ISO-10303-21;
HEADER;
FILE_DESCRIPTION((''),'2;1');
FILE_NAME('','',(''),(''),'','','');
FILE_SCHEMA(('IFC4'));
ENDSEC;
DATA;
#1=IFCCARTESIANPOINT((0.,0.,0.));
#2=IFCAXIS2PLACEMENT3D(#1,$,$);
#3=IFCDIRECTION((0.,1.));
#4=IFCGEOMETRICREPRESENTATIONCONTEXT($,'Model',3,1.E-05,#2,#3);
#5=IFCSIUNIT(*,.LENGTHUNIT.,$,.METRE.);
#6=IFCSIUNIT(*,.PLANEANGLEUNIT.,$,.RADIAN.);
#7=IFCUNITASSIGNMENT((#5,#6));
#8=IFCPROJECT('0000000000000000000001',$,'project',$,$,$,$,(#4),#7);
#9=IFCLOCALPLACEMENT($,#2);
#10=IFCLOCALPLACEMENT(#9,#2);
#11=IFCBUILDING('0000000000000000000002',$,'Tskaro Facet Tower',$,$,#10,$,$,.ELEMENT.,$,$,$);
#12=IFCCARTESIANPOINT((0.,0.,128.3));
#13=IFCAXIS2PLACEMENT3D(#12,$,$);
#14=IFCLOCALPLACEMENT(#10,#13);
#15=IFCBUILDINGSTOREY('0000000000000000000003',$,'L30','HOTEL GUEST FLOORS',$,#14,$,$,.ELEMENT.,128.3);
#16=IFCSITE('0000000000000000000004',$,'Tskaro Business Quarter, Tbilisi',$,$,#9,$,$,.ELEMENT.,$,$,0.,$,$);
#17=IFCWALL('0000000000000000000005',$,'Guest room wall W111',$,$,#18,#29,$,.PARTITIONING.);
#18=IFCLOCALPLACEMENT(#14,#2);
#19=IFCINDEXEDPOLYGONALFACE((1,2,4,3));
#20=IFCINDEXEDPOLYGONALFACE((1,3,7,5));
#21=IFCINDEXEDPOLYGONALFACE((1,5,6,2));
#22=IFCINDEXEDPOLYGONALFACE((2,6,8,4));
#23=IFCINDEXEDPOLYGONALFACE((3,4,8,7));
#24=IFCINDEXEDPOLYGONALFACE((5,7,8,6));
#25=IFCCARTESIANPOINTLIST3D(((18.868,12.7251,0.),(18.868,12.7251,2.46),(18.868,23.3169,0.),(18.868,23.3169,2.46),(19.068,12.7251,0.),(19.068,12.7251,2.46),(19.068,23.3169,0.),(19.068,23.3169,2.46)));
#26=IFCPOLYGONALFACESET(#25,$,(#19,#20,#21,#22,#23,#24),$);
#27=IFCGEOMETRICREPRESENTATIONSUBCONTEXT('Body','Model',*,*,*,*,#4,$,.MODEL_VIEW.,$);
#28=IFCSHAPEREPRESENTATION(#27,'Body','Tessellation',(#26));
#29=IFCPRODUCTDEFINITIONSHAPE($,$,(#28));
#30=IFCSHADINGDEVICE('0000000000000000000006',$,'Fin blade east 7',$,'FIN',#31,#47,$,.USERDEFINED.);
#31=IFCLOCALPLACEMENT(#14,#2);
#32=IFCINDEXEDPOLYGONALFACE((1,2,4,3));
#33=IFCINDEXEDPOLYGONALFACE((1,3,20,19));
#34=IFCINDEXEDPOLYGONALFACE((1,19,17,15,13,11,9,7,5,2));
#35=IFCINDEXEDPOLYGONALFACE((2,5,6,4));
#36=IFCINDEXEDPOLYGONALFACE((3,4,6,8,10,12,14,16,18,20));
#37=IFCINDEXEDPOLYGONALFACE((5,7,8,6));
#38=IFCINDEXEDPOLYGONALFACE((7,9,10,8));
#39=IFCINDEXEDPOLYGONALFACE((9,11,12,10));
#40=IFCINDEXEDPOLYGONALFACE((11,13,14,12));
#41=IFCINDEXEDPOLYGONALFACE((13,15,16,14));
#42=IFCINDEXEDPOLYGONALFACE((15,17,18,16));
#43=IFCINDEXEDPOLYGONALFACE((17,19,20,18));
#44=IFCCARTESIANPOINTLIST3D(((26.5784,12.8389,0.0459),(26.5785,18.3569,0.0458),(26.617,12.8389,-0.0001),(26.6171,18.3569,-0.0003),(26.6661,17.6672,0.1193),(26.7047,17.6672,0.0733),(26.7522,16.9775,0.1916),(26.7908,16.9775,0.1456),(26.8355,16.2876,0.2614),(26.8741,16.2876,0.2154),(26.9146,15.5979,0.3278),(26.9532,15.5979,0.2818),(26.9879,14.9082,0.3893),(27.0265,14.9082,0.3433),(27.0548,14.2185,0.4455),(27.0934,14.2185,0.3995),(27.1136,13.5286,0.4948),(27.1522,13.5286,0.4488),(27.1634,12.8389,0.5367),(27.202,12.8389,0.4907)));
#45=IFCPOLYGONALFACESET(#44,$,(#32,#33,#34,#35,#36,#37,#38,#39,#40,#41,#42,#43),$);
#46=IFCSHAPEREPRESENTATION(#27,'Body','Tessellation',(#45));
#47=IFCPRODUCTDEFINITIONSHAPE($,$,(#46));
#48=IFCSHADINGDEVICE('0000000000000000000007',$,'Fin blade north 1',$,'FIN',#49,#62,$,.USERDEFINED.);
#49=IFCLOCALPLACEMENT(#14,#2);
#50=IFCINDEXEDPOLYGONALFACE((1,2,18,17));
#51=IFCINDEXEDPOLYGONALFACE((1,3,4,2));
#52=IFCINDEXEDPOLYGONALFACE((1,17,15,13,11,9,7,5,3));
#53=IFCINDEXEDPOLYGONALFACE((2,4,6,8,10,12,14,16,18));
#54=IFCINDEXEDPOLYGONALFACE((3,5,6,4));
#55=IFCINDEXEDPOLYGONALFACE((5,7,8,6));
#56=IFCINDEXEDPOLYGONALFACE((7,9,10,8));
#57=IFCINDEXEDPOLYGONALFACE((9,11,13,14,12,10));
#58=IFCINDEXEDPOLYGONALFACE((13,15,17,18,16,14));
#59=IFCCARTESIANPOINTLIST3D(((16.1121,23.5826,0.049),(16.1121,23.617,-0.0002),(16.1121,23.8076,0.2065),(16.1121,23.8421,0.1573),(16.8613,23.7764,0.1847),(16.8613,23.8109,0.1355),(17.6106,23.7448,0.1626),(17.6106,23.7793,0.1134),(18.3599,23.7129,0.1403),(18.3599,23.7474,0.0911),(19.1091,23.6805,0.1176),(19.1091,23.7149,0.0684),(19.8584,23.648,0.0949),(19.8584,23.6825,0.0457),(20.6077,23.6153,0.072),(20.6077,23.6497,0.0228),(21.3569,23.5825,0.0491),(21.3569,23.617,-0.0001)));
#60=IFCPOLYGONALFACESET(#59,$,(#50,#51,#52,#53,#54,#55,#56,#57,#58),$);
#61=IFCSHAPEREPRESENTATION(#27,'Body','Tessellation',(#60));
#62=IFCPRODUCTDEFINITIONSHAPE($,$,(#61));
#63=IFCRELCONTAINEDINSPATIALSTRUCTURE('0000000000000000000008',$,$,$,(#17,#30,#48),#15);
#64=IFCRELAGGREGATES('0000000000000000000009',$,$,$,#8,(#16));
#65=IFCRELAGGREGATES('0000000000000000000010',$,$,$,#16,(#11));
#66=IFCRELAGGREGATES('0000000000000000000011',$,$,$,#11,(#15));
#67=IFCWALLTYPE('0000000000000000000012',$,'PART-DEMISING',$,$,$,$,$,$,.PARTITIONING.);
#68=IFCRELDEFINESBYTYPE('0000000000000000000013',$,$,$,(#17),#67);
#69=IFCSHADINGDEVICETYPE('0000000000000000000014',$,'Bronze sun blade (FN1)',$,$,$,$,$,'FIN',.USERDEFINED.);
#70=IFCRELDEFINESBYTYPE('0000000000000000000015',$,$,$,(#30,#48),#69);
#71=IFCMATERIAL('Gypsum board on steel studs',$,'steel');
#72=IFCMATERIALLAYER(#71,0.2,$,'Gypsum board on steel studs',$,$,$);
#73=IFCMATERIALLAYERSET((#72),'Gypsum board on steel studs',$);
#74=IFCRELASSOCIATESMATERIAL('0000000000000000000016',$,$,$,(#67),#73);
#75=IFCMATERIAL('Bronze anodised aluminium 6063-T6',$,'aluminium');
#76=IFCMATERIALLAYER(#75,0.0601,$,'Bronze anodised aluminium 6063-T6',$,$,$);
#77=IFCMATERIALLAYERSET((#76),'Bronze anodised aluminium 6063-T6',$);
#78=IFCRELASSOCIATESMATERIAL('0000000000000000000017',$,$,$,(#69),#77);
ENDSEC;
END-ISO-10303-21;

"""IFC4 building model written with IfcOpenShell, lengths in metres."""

from ifc_helpers import new_model, si_unit, direction, frame, frame_2d, origin, place, context, subcontext, project, spatial, polyline, rectangle, outline, extrude, material, layer, layer_set, type_object, element, save


model = new_model("IFC4")

# Units and contexts
model_context = context("Model", 3, precision=1e-05, world=origin(), true_north=direction((0.0, 1.0)))
body_context = subcontext(model_context, "Body", "Model", "MODEL_VIEW")
ifc_project = project(units=[si_unit("LENGTHUNIT", "METRE"), si_unit("PLANEANGLEUNIT", "RADIAN")], contexts=[model_context])

# Site, building, storey
site_placement = place(None, origin())
site = spatial("IfcSite", under=ifc_project, at=site_placement, Name="Tskaro Business Quarter, Tbilisi", CompositionType="ELEMENT", RefElevation=0.0)
building_placement = place(site_placement, origin())
building = spatial("IfcBuilding", under=site, at=building_placement, Name="Tskaro Facet Tower", CompositionType="ELEMENT")
storey_placement = place(building_placement, frame((0.0, 0.0, 128.3)))
storey = spatial("IfcBuildingStorey", under=building, at=storey_placement, Name="L30", Description="HOTEL GUEST FLOORS", CompositionType="ELEMENT", Elevation=128.3)

# Shared definitions
ifc_material_1 = material(Name="Bronze anodised aluminium 6063-T6", Category="aluminium")

# Shared definitions
ifc_material_2 = material(Name="Gypsum board on steel studs", Category="steel")

# Wall
ifc_layer_1 = layer(ifc_material_2, 0.2, Name="Gypsum board on steel studs")
ifc_layer_set_1 = layer_set([ifc_layer_1], Name="Gypsum board on steel studs")
wall_type_1 = type_object("IfcWallType", Name="PART-DEMISING", PredefinedType="PARTITIONING", material=ifc_layer_set_1)
wall_1_placement = place(storey_placement, frame((18.968, 12.7251, 0.0), z_axis=(0.0, 0.0, 1.0), x_axis=(0.0, 1.0, 0.0)))
element("IfcWall", 1, at=wall_1_placement, inside=storey, type_object=wall_type_1, Name="Guest room wall W111", PredefinedType="PARTITIONING", context=body_context, shape_type="SweptSolid", body=[
    extrude(rectangle(XDim=10.5918, YDim=0.2, at=frame_2d((5.2959, 0.0))), origin(), (0.0, 0.0, 1.0), 2.46),
])

# Shading devices
ifc_layer_2 = layer(ifc_material_1, 0.0601, Name="Bronze anodised aluminium 6063-T6")
ifc_layer_set_2 = layer_set([ifc_layer_2], Name="Bronze anodised aluminium 6063-T6")
shading_device_type = type_object("IfcShadingDeviceType", Name="Bronze sun blade (FN1)", ElementType="FIN", PredefinedType="USERDEFINED", material=ifc_layer_set_2)
shading_device_1_placement = place(storey_placement, frame((26.5784, 12.8389, 0.0459), z_axis=(-0.642703, 0.000033, 0.766116), x_axis=(0.000021, 1.0, -0.000025)))
element("IfcShadingDevice", 2, at=shading_device_1_placement, inside=storey, type_object=shading_device_type, Name="Fin blade east 7", ObjectType="FIN", PredefinedType="USERDEFINED", context=body_context, shape_type="SweptSolid", body=[
    extrude(outline(polyline([(0.0, 0.0), (5.5181, 0.0), (4.8284, -0.1144), (4.1387, -0.2268), (3.4487, -0.3355), (2.759, -0.4388), (2.0693, -0.5344), (1.3796, -0.6218), (0.6897, -0.6985), (0.0, -0.7637), (0.0, 0.0)])), origin(), (0.0, 0.0, -1.0), 0.0601),
])
shading_device_2_placement = place(storey_placement, frame((21.3569, 23.5825, 0.0491), z_axis=(-0.000022, -0.573564, 0.819161), x_axis=(-1.0, 0.000013, -0.000018)))
element("IfcShadingDevice", 3, at=shading_device_2_placement, inside=storey, type_object=shading_device_type, Name="Fin blade north 1", ObjectType="FIN", PredefinedType="USERDEFINED", context=body_context, shape_type="SweptSolid", body=[
    extrude(outline(polyline([(0.0, 0.0), (5.2449, 0.0), (5.2449, -0.2747), (4.4956, -0.2366), (3.7463, -0.1981), (2.9971, -0.1592), (2.2478, -0.1195), (1.4985, -0.0799), (0.7493, -0.04), (0.0, 0.0)])), origin(), (0.0, 0.0, -1.0), 0.0601),
])

save(model, "model.ifc")
